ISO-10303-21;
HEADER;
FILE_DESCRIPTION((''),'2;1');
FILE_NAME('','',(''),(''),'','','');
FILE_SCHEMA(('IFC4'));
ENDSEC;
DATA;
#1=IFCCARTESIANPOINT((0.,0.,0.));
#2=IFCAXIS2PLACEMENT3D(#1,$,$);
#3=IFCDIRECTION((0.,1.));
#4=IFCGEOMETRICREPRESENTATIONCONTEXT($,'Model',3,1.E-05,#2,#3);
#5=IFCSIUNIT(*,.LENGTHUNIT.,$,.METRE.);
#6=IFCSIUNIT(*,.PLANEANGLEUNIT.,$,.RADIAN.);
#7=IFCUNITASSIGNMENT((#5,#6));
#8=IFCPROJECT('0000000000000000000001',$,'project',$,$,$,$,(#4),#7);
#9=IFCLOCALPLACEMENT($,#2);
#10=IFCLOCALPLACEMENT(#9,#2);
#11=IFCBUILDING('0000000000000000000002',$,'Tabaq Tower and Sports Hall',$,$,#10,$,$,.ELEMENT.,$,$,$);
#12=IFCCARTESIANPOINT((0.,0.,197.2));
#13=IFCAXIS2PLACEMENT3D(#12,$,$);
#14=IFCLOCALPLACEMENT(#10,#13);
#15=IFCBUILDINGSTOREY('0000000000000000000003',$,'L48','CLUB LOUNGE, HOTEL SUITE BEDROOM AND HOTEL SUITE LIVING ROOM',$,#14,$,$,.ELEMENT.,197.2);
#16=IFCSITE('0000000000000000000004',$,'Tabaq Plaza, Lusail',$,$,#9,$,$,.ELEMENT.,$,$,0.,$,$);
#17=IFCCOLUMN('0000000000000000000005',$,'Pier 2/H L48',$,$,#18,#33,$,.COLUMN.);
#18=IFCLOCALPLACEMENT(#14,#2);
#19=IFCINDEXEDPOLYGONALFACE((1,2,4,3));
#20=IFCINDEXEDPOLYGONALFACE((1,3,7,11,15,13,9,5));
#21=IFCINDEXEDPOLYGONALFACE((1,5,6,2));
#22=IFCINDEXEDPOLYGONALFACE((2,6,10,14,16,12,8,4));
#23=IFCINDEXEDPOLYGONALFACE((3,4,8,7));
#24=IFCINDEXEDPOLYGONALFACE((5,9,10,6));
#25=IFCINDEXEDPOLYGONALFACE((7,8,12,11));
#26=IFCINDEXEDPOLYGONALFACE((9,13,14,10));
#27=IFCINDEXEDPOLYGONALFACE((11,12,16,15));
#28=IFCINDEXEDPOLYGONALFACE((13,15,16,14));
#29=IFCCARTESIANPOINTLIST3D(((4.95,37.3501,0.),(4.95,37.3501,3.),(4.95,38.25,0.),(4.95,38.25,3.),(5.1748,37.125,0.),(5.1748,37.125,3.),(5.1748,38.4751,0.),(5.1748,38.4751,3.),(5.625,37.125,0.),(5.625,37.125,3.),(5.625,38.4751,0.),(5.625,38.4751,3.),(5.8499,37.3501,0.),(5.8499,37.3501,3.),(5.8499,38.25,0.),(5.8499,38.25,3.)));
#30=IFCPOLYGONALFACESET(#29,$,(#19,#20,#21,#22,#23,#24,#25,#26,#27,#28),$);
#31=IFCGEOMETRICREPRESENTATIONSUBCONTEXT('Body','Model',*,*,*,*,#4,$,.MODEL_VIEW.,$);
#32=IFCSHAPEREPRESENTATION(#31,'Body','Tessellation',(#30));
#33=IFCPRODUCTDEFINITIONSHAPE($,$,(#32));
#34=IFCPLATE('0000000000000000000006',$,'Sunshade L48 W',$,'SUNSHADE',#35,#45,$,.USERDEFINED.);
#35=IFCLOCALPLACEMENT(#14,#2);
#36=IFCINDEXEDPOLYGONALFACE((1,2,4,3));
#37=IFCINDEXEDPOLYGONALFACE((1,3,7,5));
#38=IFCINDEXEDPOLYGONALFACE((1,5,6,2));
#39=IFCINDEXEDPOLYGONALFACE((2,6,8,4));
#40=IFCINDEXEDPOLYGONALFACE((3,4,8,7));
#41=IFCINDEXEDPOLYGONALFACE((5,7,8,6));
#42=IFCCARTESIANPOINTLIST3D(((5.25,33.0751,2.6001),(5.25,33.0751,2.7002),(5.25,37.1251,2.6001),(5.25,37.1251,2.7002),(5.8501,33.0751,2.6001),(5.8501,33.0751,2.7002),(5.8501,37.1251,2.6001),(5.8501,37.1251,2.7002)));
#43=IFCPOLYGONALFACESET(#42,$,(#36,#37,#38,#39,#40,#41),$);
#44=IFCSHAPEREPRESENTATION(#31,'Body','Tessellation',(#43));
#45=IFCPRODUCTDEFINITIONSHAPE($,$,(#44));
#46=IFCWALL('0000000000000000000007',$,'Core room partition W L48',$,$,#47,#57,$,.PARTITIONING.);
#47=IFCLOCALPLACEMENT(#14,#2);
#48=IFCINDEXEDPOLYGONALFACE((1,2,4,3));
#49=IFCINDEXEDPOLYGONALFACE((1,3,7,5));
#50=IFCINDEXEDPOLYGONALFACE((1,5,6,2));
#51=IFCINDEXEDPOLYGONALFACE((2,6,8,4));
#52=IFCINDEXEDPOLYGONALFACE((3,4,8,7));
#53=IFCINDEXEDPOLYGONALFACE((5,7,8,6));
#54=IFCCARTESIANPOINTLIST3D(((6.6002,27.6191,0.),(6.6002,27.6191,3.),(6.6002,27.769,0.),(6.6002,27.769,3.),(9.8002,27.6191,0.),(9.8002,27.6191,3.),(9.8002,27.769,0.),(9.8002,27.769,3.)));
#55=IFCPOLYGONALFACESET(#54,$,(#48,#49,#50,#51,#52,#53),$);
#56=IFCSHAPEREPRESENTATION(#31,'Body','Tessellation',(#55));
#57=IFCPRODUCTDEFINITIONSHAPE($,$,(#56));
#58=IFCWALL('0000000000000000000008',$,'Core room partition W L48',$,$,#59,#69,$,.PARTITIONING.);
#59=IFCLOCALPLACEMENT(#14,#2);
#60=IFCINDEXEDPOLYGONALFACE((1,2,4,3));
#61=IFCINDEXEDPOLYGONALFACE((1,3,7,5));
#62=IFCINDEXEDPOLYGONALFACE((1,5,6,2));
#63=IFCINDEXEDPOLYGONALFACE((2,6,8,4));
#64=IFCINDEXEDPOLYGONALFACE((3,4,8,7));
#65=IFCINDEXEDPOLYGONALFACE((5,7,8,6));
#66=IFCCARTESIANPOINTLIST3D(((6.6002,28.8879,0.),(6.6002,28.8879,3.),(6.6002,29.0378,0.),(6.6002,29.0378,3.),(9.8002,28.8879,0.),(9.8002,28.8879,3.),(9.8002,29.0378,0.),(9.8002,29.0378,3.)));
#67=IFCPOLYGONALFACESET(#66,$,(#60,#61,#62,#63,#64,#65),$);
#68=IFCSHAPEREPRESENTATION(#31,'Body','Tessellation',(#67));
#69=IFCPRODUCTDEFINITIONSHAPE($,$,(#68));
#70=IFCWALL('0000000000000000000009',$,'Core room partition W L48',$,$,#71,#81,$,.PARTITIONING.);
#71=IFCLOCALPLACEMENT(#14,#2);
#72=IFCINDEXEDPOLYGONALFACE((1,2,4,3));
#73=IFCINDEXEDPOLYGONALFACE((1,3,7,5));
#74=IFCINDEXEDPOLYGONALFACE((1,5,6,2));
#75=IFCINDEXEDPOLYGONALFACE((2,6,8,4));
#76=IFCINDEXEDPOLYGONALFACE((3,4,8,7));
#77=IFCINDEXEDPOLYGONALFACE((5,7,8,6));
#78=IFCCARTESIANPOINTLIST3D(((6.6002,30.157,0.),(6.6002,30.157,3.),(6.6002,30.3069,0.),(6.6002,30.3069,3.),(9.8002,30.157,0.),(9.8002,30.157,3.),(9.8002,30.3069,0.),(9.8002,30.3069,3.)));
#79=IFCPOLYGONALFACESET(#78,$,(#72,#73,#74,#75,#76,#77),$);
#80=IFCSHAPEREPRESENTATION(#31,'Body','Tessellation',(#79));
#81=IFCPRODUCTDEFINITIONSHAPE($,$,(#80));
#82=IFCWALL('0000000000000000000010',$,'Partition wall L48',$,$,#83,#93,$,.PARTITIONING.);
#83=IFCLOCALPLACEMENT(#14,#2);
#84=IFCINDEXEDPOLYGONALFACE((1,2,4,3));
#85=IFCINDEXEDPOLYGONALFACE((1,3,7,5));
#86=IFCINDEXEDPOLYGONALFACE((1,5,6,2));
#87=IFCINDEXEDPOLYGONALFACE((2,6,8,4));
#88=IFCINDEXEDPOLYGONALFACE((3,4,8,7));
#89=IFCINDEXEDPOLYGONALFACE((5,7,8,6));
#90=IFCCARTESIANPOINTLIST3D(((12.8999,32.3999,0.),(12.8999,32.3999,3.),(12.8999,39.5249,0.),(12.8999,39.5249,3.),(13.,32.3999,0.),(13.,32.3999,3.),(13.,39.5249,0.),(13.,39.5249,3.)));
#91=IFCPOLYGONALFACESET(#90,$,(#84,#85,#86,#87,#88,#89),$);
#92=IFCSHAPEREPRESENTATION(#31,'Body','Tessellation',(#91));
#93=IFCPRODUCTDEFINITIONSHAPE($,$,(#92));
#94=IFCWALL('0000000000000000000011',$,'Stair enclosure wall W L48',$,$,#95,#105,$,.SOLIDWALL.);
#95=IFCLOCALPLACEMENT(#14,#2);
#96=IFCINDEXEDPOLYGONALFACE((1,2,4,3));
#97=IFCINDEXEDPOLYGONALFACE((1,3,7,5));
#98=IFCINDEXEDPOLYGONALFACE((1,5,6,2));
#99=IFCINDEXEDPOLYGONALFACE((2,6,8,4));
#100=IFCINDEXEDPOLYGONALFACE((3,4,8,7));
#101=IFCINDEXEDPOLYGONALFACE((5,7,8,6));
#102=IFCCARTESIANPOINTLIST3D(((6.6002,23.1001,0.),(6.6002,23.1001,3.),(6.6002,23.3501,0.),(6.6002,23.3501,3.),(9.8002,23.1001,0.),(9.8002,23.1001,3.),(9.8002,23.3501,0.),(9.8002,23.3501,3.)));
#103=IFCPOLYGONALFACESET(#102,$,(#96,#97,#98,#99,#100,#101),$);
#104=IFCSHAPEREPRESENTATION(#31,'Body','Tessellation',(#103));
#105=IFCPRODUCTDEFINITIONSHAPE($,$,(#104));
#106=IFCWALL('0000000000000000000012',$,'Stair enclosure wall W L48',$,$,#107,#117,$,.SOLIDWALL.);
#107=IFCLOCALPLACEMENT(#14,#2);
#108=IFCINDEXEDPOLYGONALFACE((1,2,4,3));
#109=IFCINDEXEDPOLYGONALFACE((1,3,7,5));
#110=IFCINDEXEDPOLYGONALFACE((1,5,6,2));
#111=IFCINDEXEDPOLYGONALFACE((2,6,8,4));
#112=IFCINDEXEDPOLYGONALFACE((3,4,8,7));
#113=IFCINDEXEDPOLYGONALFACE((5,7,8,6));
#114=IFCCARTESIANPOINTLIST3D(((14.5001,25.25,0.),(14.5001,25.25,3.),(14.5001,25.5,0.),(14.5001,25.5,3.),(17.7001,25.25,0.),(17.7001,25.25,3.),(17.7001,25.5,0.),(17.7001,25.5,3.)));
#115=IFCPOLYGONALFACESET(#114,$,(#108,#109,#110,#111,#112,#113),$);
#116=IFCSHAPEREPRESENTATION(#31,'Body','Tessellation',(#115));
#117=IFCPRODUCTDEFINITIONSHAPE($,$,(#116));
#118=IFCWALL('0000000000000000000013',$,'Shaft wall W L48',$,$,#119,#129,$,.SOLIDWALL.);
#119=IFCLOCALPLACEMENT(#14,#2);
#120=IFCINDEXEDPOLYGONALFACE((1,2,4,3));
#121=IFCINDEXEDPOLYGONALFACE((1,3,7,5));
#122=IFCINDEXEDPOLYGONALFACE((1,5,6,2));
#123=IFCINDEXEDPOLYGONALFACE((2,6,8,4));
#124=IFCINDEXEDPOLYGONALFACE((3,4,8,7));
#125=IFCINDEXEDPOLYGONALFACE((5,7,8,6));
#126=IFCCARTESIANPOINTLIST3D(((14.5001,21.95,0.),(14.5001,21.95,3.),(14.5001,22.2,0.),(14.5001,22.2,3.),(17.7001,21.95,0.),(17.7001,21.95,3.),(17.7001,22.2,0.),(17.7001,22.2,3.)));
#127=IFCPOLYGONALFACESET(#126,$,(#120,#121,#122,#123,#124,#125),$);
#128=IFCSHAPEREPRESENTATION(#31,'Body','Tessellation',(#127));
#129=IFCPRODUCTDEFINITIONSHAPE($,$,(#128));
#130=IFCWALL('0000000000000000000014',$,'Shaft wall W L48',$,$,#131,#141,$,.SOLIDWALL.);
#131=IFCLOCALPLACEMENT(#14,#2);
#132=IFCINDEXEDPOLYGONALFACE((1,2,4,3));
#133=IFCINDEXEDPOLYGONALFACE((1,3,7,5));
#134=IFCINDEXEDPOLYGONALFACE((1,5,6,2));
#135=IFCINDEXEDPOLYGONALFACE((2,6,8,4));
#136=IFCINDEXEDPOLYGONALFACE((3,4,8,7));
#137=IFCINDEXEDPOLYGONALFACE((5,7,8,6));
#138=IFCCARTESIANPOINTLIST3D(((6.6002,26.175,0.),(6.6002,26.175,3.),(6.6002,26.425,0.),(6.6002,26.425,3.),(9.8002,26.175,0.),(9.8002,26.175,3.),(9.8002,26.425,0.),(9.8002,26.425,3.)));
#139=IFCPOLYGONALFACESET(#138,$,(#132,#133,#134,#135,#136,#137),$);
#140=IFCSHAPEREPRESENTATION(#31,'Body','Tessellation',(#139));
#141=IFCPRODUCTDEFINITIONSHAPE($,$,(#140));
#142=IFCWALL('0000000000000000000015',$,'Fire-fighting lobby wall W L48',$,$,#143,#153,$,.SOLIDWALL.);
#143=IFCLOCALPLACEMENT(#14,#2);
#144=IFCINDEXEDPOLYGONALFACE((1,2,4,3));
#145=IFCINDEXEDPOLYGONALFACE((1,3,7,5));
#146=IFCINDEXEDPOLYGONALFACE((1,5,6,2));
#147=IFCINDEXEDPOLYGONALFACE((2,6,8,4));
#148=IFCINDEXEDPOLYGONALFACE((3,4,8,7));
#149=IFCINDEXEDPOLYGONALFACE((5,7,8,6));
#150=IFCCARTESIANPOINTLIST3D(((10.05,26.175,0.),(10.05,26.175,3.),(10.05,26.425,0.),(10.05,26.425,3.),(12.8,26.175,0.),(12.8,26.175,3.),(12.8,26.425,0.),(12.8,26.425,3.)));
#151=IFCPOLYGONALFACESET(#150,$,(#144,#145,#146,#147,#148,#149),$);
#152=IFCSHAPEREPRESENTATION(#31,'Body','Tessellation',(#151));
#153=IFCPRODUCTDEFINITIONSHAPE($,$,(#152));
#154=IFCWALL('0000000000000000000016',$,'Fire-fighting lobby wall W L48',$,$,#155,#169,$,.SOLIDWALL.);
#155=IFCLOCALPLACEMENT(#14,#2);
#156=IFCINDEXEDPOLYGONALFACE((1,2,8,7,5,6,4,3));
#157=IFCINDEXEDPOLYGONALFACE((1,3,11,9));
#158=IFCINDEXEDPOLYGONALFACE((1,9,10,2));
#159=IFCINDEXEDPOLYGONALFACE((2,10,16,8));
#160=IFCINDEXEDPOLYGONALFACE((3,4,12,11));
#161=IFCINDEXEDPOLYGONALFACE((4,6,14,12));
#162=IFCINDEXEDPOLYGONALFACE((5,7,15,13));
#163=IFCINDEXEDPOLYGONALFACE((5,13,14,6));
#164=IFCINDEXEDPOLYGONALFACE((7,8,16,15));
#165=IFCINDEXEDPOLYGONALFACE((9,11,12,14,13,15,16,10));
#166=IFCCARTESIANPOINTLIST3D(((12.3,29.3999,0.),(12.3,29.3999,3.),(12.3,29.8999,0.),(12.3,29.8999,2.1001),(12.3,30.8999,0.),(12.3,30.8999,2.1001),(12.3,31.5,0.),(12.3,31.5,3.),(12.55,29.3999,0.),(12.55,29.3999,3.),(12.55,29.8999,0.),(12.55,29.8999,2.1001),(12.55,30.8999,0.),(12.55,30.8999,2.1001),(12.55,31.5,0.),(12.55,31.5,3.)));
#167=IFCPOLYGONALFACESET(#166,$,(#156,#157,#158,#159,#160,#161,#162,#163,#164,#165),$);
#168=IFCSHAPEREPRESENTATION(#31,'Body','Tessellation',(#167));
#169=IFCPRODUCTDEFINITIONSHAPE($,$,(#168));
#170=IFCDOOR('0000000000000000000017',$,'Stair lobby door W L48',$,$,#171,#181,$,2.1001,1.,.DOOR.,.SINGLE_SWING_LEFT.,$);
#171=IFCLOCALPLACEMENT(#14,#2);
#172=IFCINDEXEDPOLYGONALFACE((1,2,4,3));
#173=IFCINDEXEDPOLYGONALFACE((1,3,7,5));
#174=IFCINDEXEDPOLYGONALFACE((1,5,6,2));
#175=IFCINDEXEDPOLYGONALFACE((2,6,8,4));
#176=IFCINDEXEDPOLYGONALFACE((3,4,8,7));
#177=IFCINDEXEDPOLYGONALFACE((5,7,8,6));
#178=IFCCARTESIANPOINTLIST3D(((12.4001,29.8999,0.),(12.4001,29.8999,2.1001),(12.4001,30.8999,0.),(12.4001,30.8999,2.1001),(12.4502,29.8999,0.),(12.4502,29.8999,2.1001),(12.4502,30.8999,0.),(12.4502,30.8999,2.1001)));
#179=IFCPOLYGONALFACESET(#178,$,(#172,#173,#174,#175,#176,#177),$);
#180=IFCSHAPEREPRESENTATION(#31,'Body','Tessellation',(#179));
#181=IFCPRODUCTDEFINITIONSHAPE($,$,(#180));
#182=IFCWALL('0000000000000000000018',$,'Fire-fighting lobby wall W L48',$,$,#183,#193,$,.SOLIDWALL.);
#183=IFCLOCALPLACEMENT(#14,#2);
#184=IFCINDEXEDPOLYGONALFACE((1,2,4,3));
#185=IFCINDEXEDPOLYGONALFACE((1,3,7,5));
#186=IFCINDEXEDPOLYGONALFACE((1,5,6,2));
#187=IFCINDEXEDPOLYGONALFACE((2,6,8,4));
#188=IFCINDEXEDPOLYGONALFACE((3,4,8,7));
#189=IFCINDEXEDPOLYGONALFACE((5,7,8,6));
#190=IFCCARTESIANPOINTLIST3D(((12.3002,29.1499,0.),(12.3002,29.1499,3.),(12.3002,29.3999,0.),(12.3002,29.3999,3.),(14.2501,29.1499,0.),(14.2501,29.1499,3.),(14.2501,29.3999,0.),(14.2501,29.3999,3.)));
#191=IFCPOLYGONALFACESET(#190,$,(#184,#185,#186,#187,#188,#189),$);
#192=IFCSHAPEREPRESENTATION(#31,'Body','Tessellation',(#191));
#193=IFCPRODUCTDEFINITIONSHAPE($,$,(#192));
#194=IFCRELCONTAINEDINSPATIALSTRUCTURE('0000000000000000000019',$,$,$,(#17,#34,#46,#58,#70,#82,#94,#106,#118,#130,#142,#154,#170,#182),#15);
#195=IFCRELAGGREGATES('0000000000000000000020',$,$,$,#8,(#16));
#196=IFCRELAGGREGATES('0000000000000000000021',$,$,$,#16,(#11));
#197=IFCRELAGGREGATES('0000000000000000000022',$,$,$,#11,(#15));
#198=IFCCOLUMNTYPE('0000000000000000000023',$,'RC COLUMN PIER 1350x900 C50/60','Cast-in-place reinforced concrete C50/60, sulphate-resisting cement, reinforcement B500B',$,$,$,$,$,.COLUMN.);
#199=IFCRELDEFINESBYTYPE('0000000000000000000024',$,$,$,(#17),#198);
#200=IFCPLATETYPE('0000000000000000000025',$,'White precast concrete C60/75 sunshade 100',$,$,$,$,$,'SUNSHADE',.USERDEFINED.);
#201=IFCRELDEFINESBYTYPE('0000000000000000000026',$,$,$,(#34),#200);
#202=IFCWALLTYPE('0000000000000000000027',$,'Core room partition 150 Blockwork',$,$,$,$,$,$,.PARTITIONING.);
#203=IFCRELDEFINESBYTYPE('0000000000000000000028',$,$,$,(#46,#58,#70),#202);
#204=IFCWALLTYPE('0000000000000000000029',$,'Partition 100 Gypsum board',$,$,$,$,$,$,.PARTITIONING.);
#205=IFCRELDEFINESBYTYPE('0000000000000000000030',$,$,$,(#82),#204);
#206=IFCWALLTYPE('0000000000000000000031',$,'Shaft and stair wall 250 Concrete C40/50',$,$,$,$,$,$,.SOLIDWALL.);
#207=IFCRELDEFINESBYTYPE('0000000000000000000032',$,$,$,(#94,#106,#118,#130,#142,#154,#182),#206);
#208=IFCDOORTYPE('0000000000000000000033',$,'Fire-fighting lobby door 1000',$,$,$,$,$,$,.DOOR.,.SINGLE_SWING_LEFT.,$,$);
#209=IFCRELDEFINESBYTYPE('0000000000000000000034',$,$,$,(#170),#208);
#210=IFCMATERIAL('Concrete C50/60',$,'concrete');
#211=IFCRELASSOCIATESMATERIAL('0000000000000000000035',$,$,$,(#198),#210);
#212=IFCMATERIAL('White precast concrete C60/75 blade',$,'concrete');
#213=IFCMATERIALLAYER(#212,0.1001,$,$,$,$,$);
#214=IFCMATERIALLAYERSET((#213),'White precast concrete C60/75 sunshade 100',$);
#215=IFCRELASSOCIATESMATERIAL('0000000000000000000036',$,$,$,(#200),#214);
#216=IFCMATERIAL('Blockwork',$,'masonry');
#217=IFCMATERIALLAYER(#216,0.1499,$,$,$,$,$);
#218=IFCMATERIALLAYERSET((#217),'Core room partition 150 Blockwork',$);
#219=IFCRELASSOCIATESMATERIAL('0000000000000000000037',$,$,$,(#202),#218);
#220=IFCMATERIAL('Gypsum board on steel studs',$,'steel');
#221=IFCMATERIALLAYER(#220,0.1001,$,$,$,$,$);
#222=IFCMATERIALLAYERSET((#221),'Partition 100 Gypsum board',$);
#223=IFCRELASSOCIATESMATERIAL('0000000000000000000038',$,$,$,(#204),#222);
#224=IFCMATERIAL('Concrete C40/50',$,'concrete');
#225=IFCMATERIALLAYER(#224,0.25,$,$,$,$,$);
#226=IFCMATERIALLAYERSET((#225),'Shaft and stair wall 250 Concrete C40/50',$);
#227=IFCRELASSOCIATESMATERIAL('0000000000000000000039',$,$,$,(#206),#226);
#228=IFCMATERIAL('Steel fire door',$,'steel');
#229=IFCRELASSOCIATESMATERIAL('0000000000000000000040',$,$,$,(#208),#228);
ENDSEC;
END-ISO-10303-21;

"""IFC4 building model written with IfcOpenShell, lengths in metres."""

from ifc_helpers import new_model, si_unit, direction, frame, frame_2d, origin, origin_2d, place, context, subcontext, project, spatial, polyline, rectangle, outline, extrude, material, layer, layer_set, material_profile, profile_set, type_object, element, fill, save


model = new_model("IFC4")

# Units and contexts
model_context = context("Model", 3, precision=1e-05, world=origin(), true_north=direction((0.0, 1.0)))
body_context = subcontext(model_context, "Body", "Model", "MODEL_VIEW")
ifc_project = project(units=[si_unit("LENGTHUNIT", "METRE"), si_unit("PLANEANGLEUNIT", "RADIAN")], contexts=[model_context])

# Site, building, storey
site_placement = place(None, origin())
site = spatial("IfcSite", under=ifc_project, at=site_placement, Name="Tabaq Plaza, Lusail", CompositionType="ELEMENT", RefElevation=0.0)
building_placement = place(site_placement, origin())
building = spatial("IfcBuilding", under=site, at=building_placement, Name="Tabaq Tower and Sports Hall", CompositionType="ELEMENT")
storey_placement = place(building_placement, frame((0.0, 0.0, 197.2)))
storey = spatial("IfcBuildingStorey", under=building, at=storey_placement, Name="L48", Description="CLUB LOUNGE, HOTEL SUITE BEDROOM AND HOTEL SUITE LIVING ROOM", CompositionType="ELEMENT", Elevation=197.2)

# Column
ifc_material_1 = material(Name="Concrete C50/60", Category="concrete")
ifc_material_profile = material_profile(ifc_material_1, outline(polyline([(-0.45, -0.45), (0.45, -0.45), (0.675, -0.2251), (0.675, 0.2251), (0.45, 0.45), (-0.45, 0.45), (-0.675, 0.2251), (-0.675, -0.2251), (-0.45, -0.45)])), Name="PIER 1350x900")
ifc_profile_set = profile_set([ifc_material_profile], Name="Concrete C50/60")
column_type = type_object("IfcColumnType", Name="RC COLUMN PIER 1350x900 C50/60", Description="Cast-in-place reinforced concrete C50/60, sulphate-resisting cement, reinforcement B500B", PredefinedType="COLUMN", material=ifc_profile_set)
column_placement = place(storey_placement, frame((5.3999, 37.8, 0.0), z_axis=(0.0, 0.0, 1.0), x_axis=(0.0, 1.0, 0.0)))
element("IfcColumn", 1, at=column_placement, inside=storey, type_object=column_type, Name="Pier 2/H L48", PredefinedType="COLUMN", context=body_context, shape_type="SweptSolid", body=[
    extrude(outline(polyline([(-0.45, -0.45), (0.45, -0.45), (0.675, -0.2251), (0.675, 0.2251), (0.45, 0.45), (-0.45, 0.45), (-0.675, 0.2251), (-0.675, -0.2251), (-0.45, -0.45)])), origin(), (0.0, 0.0, 1.0), 3.0),
])

# Plate
ifc_material_2 = material(Name="White precast concrete C60/75 blade", Category="concrete")
ifc_layer_1 = layer(ifc_material_2, 0.1001)
ifc_layer_set_1 = layer_set([ifc_layer_1], Name="White precast concrete C60/75 sunshade 100")
plate_type = type_object("IfcPlateType", Name="White precast concrete C60/75 sunshade 100", ElementType="SUNSHADE", PredefinedType="USERDEFINED", material=ifc_layer_set_1)
plate_placement = place(storey_placement, frame((5.55, 35.1001, 2.6001), z_axis=(0.0, 0.0, 1.0), x_axis=(0.0, -1.0, 0.0)))
element("IfcPlate", 2, at=plate_placement, inside=storey, type_object=plate_type, Name="Sunshade L48 W", ObjectType="SUNSHADE", PredefinedType="USERDEFINED", context=body_context, shape_type="SweptSolid", body=[
    extrude(rectangle(XDim=4.05, YDim=0.6001, at=origin_2d()), origin(), (0.0, 0.0, 1.0), 0.1001),
])

# Walls
ifc_material_3 = material(Name="Blockwork", Category="masonry")
ifc_layer_2 = layer(ifc_material_3, 0.1499)
ifc_layer_set_2 = layer_set([ifc_layer_2], Name="Core room partition 150 Blockwork")
wall_type_1 = type_object("IfcWallType", Name="Core room partition 150 Blockwork", PredefinedType="PARTITIONING", material=ifc_layer_set_2)
for number, where, z_axis, x_axis, name in (
    (3, (6.6001, 27.6941, 0.0), (0.0, 0.0, 1.0), (1.0, 0.0, 0.0), "Core room partition W L48"),
    (4, (6.6001, 28.9629, 0.0), (0.0, 0.0, 1.0), (1.0, 0.0, 0.0), "Core room partition W L48"),
    (5, (6.6001, 30.2319, 0.0), (0.0, 0.0, 1.0), (1.0, 0.0, 0.0), "Core room partition W L48"),
):
    element("IfcWall", number, at=place(storey_placement, frame(where, z_axis=z_axis, x_axis=x_axis)), inside=storey, type_object=wall_type_1, Name=name, PredefinedType="PARTITIONING", context=body_context, shape_type="SweptSolid", body=[
        extrude(rectangle(XDim=3.2, YDim=0.1499, at=frame_2d((1.6001, 0.0))), origin(), (0.0, 0.0, 1.0), 3.0),
    ])

# Walls
ifc_material_4 = material(Name="Gypsum board on steel studs", Category="steel")
ifc_layer_3 = layer(ifc_material_4, 0.1001)
ifc_layer_set_3 = layer_set([ifc_layer_3], Name="Partition 100 Gypsum board")
wall_type_2 = type_object("IfcWallType", Name="Partition 100 Gypsum board", PredefinedType="PARTITIONING", material=ifc_layer_set_3)
wall_1_placement = place(storey_placement, frame((12.95, 32.3999, 0.0), z_axis=(0.0, 0.0, 1.0), x_axis=(0.0, 1.0, 0.0)))
element("IfcWall", 6, at=wall_1_placement, inside=storey, type_object=wall_type_2, Name="Partition wall L48", PredefinedType="PARTITIONING", context=body_context, shape_type="SweptSolid", body=[
    extrude(rectangle(XDim=7.125, YDim=0.1001, at=frame_2d((3.5625, 0.0))), origin(), (0.0, 0.0, 1.0), 3.0),
])
ifc_material_5 = material(Name="Concrete C40/50", Category="concrete")
ifc_layer_4 = layer(ifc_material_5, 0.25)
ifc_layer_set_4 = layer_set([ifc_layer_4], Name="Shaft and stair wall 250 Concrete C40/50")
wall_type_3 = type_object("IfcWallType", Name="Shaft and stair wall 250 Concrete C40/50", PredefinedType="SOLIDWALL", material=ifc_layer_set_4)
for number, where, z_axis, x_axis, name in (
    (7, (6.6001, 23.2251, 0.0), (0.0, 0.0, 1.0), (1.0, 0.0, 0.0), "Stair enclosure wall W L48"),
    (8, (14.5, 25.375, 0.0), (0.0, 0.0, 1.0), (1.0, 0.0, 0.0), "Stair enclosure wall W L48"),
    (9, (14.5, 22.075, 0.0), (0.0, 0.0, 1.0), (1.0, 0.0, 0.0), "Shaft wall W L48"),
    (10, (6.6001, 26.3, 0.0), (0.0, 0.0, 1.0), (1.0, 0.0, 0.0), "Shaft wall W L48"),
):
    element("IfcWall", number, at=place(storey_placement, frame(where, z_axis=z_axis, x_axis=x_axis)), inside=storey, type_object=wall_type_3, Name=name, PredefinedType="SOLIDWALL", context=body_context, shape_type="SweptSolid", body=[
        extrude(rectangle(XDim=3.2, YDim=0.25, at=frame_2d((1.6001, 0.0))), origin(), (0.0, 0.0, 1.0), 3.0),
    ])
wall_2_placement = place(storey_placement, frame((10.05, 26.3, 0.0), z_axis=(0.0, 0.0, 1.0), x_axis=(1.0, 0.0, 0.0)))
element("IfcWall", 11, at=wall_2_placement, inside=storey, type_object=wall_type_3, Name="Fire-fighting lobby wall W L48", PredefinedType="SOLIDWALL", context=body_context, shape_type="SweptSolid", body=[
    extrude(rectangle(XDim=2.75, YDim=0.25, at=frame_2d((1.375, 0.0))), origin(), (0.0, 0.0, 1.0), 3.0),
])

# Wall, opening, door
wall_3_placement = place(storey_placement, frame((12.425, 29.3999, 0.0), z_axis=(0.0, 0.0, 1.0), x_axis=(0.0, 1.0, 0.0)))
wall_3 = element("IfcWall", 12, at=wall_3_placement, inside=storey, type_object=wall_type_3, Name="Fire-fighting lobby wall W L48", PredefinedType="SOLIDWALL", context=body_context, shape_type="SweptSolid", body=[
    extrude(rectangle(XDim=2.1001, YDim=0.25, at=frame_2d((1.05, 0.0))), origin(), (0.0, 0.0, 1.0), 3.0),
])
opening_1_placement = place(wall_3_placement, frame((0.5, 0.0, 0.0)))
opening_1 = element("IfcOpeningElement", 13, at=opening_1_placement, cuts=wall_3, PredefinedType="OPENING", context=body_context, shape_type="SweptSolid", body=[
    extrude(rectangle(XDim=1.0, YDim=2.1001, at=frame_2d((0.5, 1.05))), frame((0.0, 0.125, 0.0), z_axis=(0.0, -1.0, 0.0), x_axis=(1.0, 0.0, 0.0)), (0.0, 0.0, 1.0), 0.25),
])
ifc_material_6 = material(Name="Steel fire door", Category="steel")
door_type_1 = type_object("IfcDoorType", Name="Fire-fighting lobby door 1000", OperationType="SINGLE_SWING_LEFT", PredefinedType="DOOR", material=ifc_material_6)
door_1_placement = place(opening_1_placement, origin())
door_1 = element("IfcDoor", 14, at=door_1_placement, inside=storey, type_object=door_type_1, Name="Stair lobby door W L48", OperationType="SINGLE_SWING_LEFT", OverallHeight=2.1001, OverallWidth=1.0, PredefinedType="DOOR", context=body_context, shape_type="SweptSolid", body=[
    extrude(rectangle(XDim=1.0, YDim=2.1001, at=frame_2d((0.5, 1.05))), frame((0.0, 0.0249, 0.0), z_axis=(0.0, -1.0, 0.0), x_axis=(1.0, 0.0, 0.0)), (0.0, 0.0, 1.0), 0.05),
])
fill(opening_1, door_1)

# Wall
wall_4_placement = place(storey_placement, frame((12.3, 29.2749, 0.0), z_axis=(0.0, 0.0, 1.0), x_axis=(1.0, 0.0, 0.0)))
element("IfcWall", 15, at=wall_4_placement, inside=storey, type_object=wall_type_3, Name="Fire-fighting lobby wall W L48", PredefinedType="SOLIDWALL", context=body_context, shape_type="SweptSolid", body=[
    extrude(rectangle(XDim=1.95, YDim=0.25, at=frame_2d((0.9751, 0.0))), origin(), (0.0, 0.0, 1.0), 3.0),
])

save(model, "model.ifc")
